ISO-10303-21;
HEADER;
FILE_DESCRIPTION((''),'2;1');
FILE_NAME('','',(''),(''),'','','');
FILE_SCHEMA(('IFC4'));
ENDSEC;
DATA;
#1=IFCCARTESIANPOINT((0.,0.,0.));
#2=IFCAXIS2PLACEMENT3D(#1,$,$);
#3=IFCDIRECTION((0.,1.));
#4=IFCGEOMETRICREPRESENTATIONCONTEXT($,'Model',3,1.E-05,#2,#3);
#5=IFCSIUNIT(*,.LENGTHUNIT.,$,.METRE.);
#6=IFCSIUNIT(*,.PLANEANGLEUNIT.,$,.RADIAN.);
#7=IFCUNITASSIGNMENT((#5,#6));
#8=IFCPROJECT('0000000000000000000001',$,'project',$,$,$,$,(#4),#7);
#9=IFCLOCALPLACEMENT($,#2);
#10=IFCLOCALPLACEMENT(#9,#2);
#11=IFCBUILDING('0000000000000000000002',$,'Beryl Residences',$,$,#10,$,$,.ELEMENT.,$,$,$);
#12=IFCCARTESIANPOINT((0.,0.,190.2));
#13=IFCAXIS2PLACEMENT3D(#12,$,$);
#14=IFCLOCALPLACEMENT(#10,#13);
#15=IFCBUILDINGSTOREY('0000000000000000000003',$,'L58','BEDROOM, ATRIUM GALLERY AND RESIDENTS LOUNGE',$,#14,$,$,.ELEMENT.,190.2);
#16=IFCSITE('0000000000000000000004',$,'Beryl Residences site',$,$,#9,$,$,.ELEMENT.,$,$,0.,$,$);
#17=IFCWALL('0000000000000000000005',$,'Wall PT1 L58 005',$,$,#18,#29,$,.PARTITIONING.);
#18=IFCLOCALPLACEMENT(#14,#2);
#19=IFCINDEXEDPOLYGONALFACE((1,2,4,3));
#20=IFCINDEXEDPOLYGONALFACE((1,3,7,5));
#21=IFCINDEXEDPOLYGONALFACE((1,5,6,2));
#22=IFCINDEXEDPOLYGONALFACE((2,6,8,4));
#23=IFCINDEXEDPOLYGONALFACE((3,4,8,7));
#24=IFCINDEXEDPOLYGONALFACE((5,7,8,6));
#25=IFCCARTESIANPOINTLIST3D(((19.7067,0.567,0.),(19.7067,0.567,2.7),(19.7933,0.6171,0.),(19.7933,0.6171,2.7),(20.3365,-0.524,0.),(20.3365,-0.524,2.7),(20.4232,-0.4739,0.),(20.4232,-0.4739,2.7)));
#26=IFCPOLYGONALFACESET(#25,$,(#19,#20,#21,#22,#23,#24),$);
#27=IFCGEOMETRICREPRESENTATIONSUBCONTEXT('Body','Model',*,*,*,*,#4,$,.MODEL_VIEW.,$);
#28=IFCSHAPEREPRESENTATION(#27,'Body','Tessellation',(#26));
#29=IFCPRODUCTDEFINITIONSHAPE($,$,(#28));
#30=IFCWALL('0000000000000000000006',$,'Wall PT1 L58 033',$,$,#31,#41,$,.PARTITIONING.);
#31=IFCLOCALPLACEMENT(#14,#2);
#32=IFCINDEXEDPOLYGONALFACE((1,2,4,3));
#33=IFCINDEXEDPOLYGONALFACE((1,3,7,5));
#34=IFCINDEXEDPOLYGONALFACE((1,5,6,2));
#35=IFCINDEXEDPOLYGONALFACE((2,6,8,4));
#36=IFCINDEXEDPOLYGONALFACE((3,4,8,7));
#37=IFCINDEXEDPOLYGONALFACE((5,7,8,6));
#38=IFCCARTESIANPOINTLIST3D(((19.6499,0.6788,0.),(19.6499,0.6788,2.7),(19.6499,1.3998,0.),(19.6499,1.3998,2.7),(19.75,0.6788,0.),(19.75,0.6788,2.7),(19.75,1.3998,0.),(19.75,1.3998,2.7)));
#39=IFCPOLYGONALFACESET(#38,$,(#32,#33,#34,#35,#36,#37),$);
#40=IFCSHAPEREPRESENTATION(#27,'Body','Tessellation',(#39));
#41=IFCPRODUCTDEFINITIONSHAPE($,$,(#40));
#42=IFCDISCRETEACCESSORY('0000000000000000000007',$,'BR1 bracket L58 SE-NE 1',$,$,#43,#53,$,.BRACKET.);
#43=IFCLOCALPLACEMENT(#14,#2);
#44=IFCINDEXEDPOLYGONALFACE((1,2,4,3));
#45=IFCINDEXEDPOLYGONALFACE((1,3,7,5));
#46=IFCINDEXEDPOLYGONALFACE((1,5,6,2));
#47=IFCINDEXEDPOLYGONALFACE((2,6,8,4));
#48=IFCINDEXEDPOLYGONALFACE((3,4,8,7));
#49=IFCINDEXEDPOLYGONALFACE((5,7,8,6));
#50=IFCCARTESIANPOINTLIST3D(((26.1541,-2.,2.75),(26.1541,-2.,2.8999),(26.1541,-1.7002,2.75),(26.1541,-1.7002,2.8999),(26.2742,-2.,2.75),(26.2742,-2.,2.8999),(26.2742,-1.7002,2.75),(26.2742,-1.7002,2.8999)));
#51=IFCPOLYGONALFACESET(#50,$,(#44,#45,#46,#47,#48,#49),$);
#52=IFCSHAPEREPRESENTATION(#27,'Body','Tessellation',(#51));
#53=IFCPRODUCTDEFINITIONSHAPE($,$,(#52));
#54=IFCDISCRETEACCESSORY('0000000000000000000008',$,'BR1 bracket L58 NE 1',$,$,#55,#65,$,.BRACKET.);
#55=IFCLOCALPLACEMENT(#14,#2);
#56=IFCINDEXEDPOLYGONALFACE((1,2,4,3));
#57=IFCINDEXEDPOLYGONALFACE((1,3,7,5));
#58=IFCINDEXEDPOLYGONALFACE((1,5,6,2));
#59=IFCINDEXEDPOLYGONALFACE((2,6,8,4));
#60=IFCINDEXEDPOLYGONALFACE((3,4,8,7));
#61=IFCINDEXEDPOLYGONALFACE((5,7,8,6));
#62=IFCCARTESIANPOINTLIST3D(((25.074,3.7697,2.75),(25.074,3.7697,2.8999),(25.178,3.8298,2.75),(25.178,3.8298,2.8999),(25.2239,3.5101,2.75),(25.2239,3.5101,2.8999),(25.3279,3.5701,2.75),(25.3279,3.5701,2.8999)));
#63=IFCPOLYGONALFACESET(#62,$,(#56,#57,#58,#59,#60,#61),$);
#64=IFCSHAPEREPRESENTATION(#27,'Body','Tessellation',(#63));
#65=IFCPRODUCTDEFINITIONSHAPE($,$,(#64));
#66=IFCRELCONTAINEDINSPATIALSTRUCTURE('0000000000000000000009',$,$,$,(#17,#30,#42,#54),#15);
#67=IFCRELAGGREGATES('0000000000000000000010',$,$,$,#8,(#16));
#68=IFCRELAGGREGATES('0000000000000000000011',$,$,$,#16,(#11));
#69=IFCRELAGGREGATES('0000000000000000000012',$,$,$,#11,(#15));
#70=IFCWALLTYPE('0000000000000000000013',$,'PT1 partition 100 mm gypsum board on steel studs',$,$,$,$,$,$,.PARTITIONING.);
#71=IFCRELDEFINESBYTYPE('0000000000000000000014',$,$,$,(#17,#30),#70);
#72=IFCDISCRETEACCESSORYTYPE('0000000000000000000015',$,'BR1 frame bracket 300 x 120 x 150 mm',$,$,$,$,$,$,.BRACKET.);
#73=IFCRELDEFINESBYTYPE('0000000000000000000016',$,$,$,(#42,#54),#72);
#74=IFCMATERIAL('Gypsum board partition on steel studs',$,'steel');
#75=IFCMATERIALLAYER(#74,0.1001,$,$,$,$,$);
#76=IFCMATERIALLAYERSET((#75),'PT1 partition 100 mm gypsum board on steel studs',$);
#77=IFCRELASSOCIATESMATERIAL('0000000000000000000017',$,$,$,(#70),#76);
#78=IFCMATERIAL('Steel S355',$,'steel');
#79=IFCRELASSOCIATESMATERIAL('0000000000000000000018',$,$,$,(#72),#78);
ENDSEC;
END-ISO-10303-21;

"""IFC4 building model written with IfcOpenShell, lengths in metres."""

from ifc_helpers import new_model, si_unit, direction, frame, frame_2d, origin, place, context, subcontext, project, spatial, polyline, rectangle, outline, extrude, source, transform, mapped, material, layer, layer_set, type_object, type_shapes, element, save


model = new_model("IFC4")

# Units and contexts
model_context = context("Model", 3, precision=1e-05, world=origin(), true_north=direction((0.0, 1.0)))
body_context = subcontext(model_context, "Body", "Model", "MODEL_VIEW")
ifc_project = project(units=[si_unit("LENGTHUNIT", "METRE"), si_unit("PLANEANGLEUNIT", "RADIAN")], contexts=[model_context])

# Site, building, storey
site_placement = place(None, origin())
site = spatial("IfcSite", under=ifc_project, at=site_placement, Name="Beryl Residences site", CompositionType="ELEMENT", RefElevation=0.0)
building_placement = place(site_placement, origin())
building = spatial("IfcBuilding", under=site, at=building_placement, Name="Beryl Residences", CompositionType="ELEMENT")
storey_placement = place(building_placement, frame((0.0, 0.0, 190.2)))
storey = spatial("IfcBuildingStorey", under=building, at=storey_placement, Name="L58", Description="BEDROOM, ATRIUM GALLERY AND RESIDENTS LOUNGE", CompositionType="ELEMENT", Elevation=190.2)

# Walls
ifc_material_1 = material(Name="Gypsum board partition on steel studs", Category="steel")
ifc_layer_1 = layer(ifc_material_1, 0.1001)
ifc_layer_set_1 = layer_set([ifc_layer_1], Name="PT1 partition 100 mm gypsum board on steel studs")
wall_type_1 = type_object("IfcWallType", Name="PT1 partition 100 mm gypsum board on steel studs", PredefinedType="PARTITIONING", material=ifc_layer_set_1)
wall_1_placement = place(storey_placement, frame((19.75, 0.592, 0.0), z_axis=(0.0, 0.0, 1.0), x_axis=(0.499974, -0.86604, 0.0)))
element("IfcWall", 1, at=wall_1_placement, inside=storey, type_object=wall_type_1, Name="Wall PT1 L58 005", PredefinedType="PARTITIONING", context=body_context, shape_type="SweptSolid", body=[
    extrude(rectangle(XDim=1.2598, YDim=0.1001, at=frame_2d((0.6299, 0.0))), origin(), (0.0, 0.0, 1.0), 2.7),
])
wall_2_placement = place(storey_placement, frame((19.7, 0.679, 0.0), z_axis=(0.0, 0.0, 1.0), x_axis=(0.0, 1.0, 0.0)))
element("IfcWall", 2, at=wall_2_placement, inside=storey, type_object=wall_type_1, Name="Wall PT1 L58 033", PredefinedType="PARTITIONING", context=body_context, shape_type="SweptSolid", body=[
    extrude(rectangle(XDim=0.7209, YDim=0.1001, at=frame_2d((0.3604, 0.0))), origin(), (0.0, 0.0, 1.0), 2.7),
])

# Discrete accessories
ifc_material_2 = material(Name="Steel S355", Category="steel")
discrete_accessory_type = type_object("IfcDiscreteAccessoryType", Name="BR1 frame bracket 300 x 120 x 150 mm", PredefinedType="BRACKET", material=ifc_material_2)
shared_shape_1 = source(origin(), body_context, "Body", "SweptSolid", [
    extrude(outline(polyline([(-0.1499, 0.0), (0.1499, 0.0), (0.1499, 0.1201), (-0.1499, 0.1201), (-0.1499, 0.0)])), origin(), (0.0, 0.0, 1.0), 0.1499),
])
type_shapes(discrete_accessory_type, [shared_shape_1])
for number, where, z_axis, x_axis, name in (
    (3, (26.1541, -1.8501, 2.75), (0.0, 0.0, 1.0), (0.0, -1.0, 0.0), "BR1 bracket L58 SE-NE 1"),
    (4, (25.1489, 3.6399, 2.75), (0.0, 0.0, 1.0), (0.5, -0.866025, 0.0), "BR1 bracket L58 NE 1"),
):
    element("IfcDiscreteAccessory", number, at=place(storey_placement, frame(where, z_axis=z_axis, x_axis=x_axis)), inside=storey, type_object=discrete_accessory_type, Name=name, PredefinedType="BRACKET", context=body_context, shape_type="MappedRepresentation", body=[
        mapped(shared_shape_1, transform((0.0, 0.0, 0.0))),
    ])

save(model, "model.ifc")
